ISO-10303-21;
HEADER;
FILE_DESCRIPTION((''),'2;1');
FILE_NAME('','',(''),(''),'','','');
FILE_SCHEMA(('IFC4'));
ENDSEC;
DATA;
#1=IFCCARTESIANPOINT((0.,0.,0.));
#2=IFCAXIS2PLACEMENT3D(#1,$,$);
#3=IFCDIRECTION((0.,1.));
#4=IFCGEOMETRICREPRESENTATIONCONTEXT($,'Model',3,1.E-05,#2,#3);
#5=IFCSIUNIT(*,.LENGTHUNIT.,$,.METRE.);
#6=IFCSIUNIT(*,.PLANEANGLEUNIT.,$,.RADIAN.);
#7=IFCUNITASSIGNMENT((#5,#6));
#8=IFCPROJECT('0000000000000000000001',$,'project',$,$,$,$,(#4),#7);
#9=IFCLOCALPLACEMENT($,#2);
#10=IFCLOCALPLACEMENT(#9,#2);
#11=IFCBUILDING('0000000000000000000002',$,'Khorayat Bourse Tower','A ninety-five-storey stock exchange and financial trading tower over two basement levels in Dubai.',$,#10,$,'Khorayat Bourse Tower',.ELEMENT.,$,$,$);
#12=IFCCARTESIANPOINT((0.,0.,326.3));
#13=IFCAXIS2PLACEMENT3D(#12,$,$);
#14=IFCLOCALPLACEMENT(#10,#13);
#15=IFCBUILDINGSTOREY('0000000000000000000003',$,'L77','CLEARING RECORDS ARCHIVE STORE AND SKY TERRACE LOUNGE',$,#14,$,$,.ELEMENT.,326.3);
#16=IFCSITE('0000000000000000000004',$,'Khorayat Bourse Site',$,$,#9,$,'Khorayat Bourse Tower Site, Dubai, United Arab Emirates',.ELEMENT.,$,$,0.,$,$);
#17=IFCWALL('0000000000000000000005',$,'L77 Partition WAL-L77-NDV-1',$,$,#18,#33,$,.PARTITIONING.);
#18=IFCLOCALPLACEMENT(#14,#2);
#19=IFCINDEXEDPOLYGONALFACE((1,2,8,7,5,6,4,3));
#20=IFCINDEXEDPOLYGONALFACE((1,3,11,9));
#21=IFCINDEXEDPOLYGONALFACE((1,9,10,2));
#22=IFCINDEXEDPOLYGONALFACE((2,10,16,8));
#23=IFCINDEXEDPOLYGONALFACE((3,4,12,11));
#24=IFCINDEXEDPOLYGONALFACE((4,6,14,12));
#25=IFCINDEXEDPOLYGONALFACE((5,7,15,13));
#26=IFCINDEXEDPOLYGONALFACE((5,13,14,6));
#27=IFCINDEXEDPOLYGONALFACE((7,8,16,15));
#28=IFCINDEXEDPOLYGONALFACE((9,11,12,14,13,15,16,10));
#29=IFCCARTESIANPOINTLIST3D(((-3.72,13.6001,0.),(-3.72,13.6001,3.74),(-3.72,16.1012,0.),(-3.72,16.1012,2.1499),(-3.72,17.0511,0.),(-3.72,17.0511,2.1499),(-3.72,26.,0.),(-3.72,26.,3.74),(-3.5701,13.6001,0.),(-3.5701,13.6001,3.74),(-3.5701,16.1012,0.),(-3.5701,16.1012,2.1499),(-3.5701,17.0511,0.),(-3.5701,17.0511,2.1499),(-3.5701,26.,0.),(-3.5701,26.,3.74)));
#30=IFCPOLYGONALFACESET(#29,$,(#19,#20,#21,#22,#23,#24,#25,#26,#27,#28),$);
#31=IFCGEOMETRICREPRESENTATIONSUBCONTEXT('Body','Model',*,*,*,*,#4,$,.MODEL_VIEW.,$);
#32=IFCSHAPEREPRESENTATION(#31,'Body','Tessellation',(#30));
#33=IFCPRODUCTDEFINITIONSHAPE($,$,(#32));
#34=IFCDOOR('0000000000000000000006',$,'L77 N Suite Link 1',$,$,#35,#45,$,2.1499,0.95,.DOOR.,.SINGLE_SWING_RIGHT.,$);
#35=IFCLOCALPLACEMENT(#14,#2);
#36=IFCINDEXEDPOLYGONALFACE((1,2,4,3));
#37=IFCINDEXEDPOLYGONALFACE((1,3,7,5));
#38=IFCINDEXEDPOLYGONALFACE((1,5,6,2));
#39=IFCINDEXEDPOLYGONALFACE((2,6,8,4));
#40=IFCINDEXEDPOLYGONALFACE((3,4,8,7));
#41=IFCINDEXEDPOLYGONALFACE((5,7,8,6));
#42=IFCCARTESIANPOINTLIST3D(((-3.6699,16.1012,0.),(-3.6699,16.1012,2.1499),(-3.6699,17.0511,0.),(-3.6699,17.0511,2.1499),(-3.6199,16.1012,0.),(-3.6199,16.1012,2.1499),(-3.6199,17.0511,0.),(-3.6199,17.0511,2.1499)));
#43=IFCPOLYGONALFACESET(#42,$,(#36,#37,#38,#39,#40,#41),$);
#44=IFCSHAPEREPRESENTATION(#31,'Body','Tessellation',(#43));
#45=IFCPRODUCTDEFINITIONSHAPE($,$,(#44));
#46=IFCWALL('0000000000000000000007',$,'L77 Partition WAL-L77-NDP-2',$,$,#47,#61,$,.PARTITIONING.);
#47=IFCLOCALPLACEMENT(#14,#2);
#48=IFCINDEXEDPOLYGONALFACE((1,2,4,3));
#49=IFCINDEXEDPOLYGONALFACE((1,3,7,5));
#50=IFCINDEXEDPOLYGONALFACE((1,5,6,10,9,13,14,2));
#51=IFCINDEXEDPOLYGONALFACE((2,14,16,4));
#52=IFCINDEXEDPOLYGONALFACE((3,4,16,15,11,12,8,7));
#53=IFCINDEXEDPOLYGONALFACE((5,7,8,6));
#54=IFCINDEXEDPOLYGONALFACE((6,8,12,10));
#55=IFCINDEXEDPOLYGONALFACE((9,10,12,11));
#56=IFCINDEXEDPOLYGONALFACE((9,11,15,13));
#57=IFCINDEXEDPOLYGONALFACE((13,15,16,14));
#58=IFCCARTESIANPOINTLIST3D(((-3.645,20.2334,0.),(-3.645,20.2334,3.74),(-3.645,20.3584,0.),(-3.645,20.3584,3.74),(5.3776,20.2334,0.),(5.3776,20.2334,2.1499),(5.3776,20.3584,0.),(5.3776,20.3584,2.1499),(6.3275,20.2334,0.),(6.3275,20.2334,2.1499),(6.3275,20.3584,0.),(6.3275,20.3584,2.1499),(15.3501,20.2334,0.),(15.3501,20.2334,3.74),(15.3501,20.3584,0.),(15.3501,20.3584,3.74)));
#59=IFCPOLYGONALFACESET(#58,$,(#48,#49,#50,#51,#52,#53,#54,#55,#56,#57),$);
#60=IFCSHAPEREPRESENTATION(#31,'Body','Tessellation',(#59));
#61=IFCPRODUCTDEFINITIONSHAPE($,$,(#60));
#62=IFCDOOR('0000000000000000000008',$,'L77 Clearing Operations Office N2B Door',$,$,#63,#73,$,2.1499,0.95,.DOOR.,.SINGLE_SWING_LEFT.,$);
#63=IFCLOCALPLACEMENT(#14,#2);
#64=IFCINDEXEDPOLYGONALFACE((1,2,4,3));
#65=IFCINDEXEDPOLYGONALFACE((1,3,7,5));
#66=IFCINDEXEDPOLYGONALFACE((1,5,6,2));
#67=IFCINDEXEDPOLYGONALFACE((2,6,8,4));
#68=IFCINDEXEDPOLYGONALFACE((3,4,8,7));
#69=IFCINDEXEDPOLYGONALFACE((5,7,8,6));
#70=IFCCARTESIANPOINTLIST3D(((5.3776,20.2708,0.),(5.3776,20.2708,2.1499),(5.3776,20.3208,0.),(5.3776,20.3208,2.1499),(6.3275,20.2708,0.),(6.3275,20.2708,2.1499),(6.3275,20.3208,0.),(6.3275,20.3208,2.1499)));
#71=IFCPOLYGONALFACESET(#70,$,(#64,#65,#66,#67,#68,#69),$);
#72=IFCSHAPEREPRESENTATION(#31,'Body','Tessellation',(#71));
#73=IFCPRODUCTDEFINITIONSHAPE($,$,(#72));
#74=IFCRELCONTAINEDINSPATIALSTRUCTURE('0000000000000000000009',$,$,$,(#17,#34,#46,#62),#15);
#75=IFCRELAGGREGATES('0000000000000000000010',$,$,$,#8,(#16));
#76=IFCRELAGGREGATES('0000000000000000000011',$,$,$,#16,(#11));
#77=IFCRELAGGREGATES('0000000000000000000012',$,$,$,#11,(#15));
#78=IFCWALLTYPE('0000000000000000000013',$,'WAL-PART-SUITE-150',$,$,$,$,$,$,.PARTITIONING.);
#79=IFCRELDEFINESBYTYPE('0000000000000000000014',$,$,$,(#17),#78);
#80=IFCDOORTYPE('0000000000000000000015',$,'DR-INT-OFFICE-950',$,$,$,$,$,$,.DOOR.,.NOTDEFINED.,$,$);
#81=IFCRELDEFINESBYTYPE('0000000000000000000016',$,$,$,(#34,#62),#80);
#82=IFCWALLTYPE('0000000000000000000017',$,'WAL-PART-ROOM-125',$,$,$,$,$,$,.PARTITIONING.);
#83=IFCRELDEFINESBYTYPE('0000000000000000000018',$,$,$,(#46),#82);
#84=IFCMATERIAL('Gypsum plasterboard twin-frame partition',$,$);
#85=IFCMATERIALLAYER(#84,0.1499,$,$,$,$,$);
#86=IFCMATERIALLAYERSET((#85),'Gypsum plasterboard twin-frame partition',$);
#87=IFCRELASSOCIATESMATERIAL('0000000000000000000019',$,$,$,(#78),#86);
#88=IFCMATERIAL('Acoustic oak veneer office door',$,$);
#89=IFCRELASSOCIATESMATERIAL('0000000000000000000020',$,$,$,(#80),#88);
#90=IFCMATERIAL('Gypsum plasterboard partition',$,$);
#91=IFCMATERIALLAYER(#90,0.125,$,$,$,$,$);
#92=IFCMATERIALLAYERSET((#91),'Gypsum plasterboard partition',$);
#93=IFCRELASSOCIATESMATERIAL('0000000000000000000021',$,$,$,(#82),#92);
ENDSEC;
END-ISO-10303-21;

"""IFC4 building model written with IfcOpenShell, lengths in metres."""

from ifc_helpers import new_model, si_unit, direction, frame, frame_2d, origin, place, context, subcontext, project, spatial, rectangle, extrude, source, transform, mapped, material, layer, layer_set, type_object, element, fill, save


model = new_model("IFC4")

# Units and contexts
model_context = context("Model", 3, precision=1e-05, world=origin(), true_north=direction((0.0, 1.0)))
body_context = subcontext(model_context, "Body", "Model", "MODEL_VIEW")
ifc_project = project(units=[si_unit("LENGTHUNIT", "METRE"), si_unit("PLANEANGLEUNIT", "RADIAN")], contexts=[model_context])

# Site, building, storey
site_placement = place(None, origin())
site = spatial("IfcSite", under=ifc_project, at=site_placement, Name="Khorayat Bourse Site", LongName="Khorayat Bourse Tower Site, Dubai, United Arab Emirates", CompositionType="ELEMENT", RefElevation=0.0)
building_placement = place(site_placement, origin())
building = spatial("IfcBuilding", under=site, at=building_placement, Name="Khorayat Bourse Tower", Description="A ninety-five-storey stock exchange and financial trading tower over two basement levels in Dubai.", LongName="Khorayat Bourse Tower", CompositionType="ELEMENT")
storey_placement = place(building_placement, frame((0.0, 0.0, 326.3)))
storey = spatial("IfcBuildingStorey", under=building, at=storey_placement, Name="L77", Description="CLEARING RECORDS ARCHIVE STORE AND SKY TERRACE LOUNGE", CompositionType="ELEMENT", Elevation=326.3)

# Walls, openings, doors
ifc_material_1 = material(Name="Gypsum plasterboard twin-frame partition")
ifc_layer_1 = layer(ifc_material_1, 0.1499)
ifc_layer_set_1 = layer_set([ifc_layer_1], Name="Gypsum plasterboard twin-frame partition")
wall_type_1 = type_object("IfcWallType", Name="WAL-PART-SUITE-150", PredefinedType="PARTITIONING", material=ifc_layer_set_1)
shared_shape_1 = source(origin(), body_context, "Body", "SweptSolid", [
    extrude(rectangle(XDim=12.3999, YDim=0.1499, at=frame_2d((6.2, 0.0))), origin(), (0.0, 0.0, 1.0), 3.74),
])
wall_1_placement = place(storey_placement, frame((-3.645, 13.6001, 0.0), z_axis=(0.0, 0.0, 1.0), x_axis=(0.0, 1.0, 0.0)))
wall_1 = element("IfcWall", 1, at=wall_1_placement, inside=storey, type_object=wall_type_1, Name="L77 Partition WAL-L77-NDV-1", PredefinedType="PARTITIONING", context=body_context, shape_type="MappedRepresentation", body=[
    mapped(shared_shape_1, transform((0.0, 0.0, 0.0), scale=1.0)),
])
shared_shape_2 = source(origin(), body_context, "Body", "SweptSolid", [
    extrude(rectangle(XDim=0.95, YDim=2.1499, at=frame_2d((0.4751, 1.075))), frame((0.0, 0.085, 0.0), z_axis=(0.0, -1.0, 0.0), x_axis=(1.0, 0.0, 0.0)), (0.0, 0.0, 1.0), 0.1699),
])
opening_1_placement = place(wall_1_placement, frame((2.501, 0.0, 0.0)))
opening_1 = element("IfcOpeningElement", 2, at=opening_1_placement, cuts=wall_1, PredefinedType="OPENING", context=body_context, shape_type="MappedRepresentation", body=[
    mapped(shared_shape_2, transform((0.0, 0.0, 0.0), scale=1.0)),
])
ifc_material_2 = material(Name="Acoustic oak veneer office door")
door_type_1 = type_object("IfcDoorType", Name="DR-INT-OFFICE-950", OperationType="NOTDEFINED", PredefinedType="DOOR", material=ifc_material_2)
shared_shape_3 = source(origin(), body_context, "Body", "SweptSolid", [
    extrude(rectangle(XDim=0.95, YDim=2.1499, at=frame_2d((0.4751, 1.075))), frame((0.0, 0.0249, 0.0), z_axis=(0.0, -1.0, 0.0), x_axis=(1.0, 0.0, 0.0)), (0.0, 0.0, 1.0), 0.05),
])
door_1_placement = place(opening_1_placement, origin())
door_1 = element("IfcDoor", 3, at=door_1_placement, inside=storey, type_object=door_type_1, Name="L77 N Suite Link 1", OperationType="SINGLE_SWING_RIGHT", OverallHeight=2.1499, OverallWidth=0.95, PredefinedType="DOOR", context=body_context, shape_type="MappedRepresentation", body=[
    mapped(shared_shape_3, transform((0.0, 0.0, 0.0), scale=1.0)),
])
fill(opening_1, door_1)
ifc_material_3 = material(Name="Gypsum plasterboard partition")
ifc_layer_2 = layer(ifc_material_3, 0.125)
ifc_layer_set_2 = layer_set([ifc_layer_2], Name="Gypsum plasterboard partition")
wall_type_2 = type_object("IfcWallType", Name="WAL-PART-ROOM-125", PredefinedType="PARTITIONING", material=ifc_layer_set_2)
shared_shape_4 = source(origin(), body_context, "Body", "SweptSolid", [
    extrude(rectangle(XDim=18.9951, YDim=0.125, at=frame_2d((9.4976, 0.0))), origin(), (0.0, 0.0, 1.0), 3.74),
])
wall_2_placement = place(storey_placement, frame((-3.645, 20.2959, 0.0), z_axis=(0.0, 0.0, 1.0), x_axis=(1.0, 0.0, 0.0)))
wall_2 = element("IfcWall", 4, at=wall_2_placement, inside=storey, type_object=wall_type_2, Name="L77 Partition WAL-L77-NDP-2", PredefinedType="PARTITIONING", context=body_context, shape_type="MappedRepresentation", body=[
    mapped(shared_shape_4, transform((0.0, 0.0, 0.0), scale=1.0)),
])
shared_shape_5 = source(origin(), body_context, "Body", "SweptSolid", [
    extrude(rectangle(XDim=0.95, YDim=2.1499, at=frame_2d((0.4751, 1.075))), frame((0.0, 0.0725, 0.0), z_axis=(0.0, -1.0, 0.0), x_axis=(1.0, 0.0, 0.0)), (0.0, 0.0, 1.0), 0.145),
])
opening_2_placement = place(wall_2_placement, frame((9.0225, 0.0, 0.0)))
opening_2 = element("IfcOpeningElement", 5, at=opening_2_placement, cuts=wall_2, PredefinedType="OPENING", context=body_context, shape_type="MappedRepresentation", body=[
    mapped(shared_shape_5, transform((0.0, 0.0, 0.0), scale=1.0)),
])
door_2_placement = place(opening_2_placement, origin())
door_2 = element("IfcDoor", 6, at=door_2_placement, inside=storey, type_object=door_type_1, Name="L77 Clearing Operations Office N2B Door", OperationType="SINGLE_SWING_LEFT", OverallHeight=2.1499, OverallWidth=0.95, PredefinedType="DOOR", context=body_context, shape_type="MappedRepresentation", body=[
    mapped(shared_shape_3, transform((0.0, 0.0, 0.0), scale=1.0)),
])
fill(opening_2, door_2)

save(model, "model.ifc")
